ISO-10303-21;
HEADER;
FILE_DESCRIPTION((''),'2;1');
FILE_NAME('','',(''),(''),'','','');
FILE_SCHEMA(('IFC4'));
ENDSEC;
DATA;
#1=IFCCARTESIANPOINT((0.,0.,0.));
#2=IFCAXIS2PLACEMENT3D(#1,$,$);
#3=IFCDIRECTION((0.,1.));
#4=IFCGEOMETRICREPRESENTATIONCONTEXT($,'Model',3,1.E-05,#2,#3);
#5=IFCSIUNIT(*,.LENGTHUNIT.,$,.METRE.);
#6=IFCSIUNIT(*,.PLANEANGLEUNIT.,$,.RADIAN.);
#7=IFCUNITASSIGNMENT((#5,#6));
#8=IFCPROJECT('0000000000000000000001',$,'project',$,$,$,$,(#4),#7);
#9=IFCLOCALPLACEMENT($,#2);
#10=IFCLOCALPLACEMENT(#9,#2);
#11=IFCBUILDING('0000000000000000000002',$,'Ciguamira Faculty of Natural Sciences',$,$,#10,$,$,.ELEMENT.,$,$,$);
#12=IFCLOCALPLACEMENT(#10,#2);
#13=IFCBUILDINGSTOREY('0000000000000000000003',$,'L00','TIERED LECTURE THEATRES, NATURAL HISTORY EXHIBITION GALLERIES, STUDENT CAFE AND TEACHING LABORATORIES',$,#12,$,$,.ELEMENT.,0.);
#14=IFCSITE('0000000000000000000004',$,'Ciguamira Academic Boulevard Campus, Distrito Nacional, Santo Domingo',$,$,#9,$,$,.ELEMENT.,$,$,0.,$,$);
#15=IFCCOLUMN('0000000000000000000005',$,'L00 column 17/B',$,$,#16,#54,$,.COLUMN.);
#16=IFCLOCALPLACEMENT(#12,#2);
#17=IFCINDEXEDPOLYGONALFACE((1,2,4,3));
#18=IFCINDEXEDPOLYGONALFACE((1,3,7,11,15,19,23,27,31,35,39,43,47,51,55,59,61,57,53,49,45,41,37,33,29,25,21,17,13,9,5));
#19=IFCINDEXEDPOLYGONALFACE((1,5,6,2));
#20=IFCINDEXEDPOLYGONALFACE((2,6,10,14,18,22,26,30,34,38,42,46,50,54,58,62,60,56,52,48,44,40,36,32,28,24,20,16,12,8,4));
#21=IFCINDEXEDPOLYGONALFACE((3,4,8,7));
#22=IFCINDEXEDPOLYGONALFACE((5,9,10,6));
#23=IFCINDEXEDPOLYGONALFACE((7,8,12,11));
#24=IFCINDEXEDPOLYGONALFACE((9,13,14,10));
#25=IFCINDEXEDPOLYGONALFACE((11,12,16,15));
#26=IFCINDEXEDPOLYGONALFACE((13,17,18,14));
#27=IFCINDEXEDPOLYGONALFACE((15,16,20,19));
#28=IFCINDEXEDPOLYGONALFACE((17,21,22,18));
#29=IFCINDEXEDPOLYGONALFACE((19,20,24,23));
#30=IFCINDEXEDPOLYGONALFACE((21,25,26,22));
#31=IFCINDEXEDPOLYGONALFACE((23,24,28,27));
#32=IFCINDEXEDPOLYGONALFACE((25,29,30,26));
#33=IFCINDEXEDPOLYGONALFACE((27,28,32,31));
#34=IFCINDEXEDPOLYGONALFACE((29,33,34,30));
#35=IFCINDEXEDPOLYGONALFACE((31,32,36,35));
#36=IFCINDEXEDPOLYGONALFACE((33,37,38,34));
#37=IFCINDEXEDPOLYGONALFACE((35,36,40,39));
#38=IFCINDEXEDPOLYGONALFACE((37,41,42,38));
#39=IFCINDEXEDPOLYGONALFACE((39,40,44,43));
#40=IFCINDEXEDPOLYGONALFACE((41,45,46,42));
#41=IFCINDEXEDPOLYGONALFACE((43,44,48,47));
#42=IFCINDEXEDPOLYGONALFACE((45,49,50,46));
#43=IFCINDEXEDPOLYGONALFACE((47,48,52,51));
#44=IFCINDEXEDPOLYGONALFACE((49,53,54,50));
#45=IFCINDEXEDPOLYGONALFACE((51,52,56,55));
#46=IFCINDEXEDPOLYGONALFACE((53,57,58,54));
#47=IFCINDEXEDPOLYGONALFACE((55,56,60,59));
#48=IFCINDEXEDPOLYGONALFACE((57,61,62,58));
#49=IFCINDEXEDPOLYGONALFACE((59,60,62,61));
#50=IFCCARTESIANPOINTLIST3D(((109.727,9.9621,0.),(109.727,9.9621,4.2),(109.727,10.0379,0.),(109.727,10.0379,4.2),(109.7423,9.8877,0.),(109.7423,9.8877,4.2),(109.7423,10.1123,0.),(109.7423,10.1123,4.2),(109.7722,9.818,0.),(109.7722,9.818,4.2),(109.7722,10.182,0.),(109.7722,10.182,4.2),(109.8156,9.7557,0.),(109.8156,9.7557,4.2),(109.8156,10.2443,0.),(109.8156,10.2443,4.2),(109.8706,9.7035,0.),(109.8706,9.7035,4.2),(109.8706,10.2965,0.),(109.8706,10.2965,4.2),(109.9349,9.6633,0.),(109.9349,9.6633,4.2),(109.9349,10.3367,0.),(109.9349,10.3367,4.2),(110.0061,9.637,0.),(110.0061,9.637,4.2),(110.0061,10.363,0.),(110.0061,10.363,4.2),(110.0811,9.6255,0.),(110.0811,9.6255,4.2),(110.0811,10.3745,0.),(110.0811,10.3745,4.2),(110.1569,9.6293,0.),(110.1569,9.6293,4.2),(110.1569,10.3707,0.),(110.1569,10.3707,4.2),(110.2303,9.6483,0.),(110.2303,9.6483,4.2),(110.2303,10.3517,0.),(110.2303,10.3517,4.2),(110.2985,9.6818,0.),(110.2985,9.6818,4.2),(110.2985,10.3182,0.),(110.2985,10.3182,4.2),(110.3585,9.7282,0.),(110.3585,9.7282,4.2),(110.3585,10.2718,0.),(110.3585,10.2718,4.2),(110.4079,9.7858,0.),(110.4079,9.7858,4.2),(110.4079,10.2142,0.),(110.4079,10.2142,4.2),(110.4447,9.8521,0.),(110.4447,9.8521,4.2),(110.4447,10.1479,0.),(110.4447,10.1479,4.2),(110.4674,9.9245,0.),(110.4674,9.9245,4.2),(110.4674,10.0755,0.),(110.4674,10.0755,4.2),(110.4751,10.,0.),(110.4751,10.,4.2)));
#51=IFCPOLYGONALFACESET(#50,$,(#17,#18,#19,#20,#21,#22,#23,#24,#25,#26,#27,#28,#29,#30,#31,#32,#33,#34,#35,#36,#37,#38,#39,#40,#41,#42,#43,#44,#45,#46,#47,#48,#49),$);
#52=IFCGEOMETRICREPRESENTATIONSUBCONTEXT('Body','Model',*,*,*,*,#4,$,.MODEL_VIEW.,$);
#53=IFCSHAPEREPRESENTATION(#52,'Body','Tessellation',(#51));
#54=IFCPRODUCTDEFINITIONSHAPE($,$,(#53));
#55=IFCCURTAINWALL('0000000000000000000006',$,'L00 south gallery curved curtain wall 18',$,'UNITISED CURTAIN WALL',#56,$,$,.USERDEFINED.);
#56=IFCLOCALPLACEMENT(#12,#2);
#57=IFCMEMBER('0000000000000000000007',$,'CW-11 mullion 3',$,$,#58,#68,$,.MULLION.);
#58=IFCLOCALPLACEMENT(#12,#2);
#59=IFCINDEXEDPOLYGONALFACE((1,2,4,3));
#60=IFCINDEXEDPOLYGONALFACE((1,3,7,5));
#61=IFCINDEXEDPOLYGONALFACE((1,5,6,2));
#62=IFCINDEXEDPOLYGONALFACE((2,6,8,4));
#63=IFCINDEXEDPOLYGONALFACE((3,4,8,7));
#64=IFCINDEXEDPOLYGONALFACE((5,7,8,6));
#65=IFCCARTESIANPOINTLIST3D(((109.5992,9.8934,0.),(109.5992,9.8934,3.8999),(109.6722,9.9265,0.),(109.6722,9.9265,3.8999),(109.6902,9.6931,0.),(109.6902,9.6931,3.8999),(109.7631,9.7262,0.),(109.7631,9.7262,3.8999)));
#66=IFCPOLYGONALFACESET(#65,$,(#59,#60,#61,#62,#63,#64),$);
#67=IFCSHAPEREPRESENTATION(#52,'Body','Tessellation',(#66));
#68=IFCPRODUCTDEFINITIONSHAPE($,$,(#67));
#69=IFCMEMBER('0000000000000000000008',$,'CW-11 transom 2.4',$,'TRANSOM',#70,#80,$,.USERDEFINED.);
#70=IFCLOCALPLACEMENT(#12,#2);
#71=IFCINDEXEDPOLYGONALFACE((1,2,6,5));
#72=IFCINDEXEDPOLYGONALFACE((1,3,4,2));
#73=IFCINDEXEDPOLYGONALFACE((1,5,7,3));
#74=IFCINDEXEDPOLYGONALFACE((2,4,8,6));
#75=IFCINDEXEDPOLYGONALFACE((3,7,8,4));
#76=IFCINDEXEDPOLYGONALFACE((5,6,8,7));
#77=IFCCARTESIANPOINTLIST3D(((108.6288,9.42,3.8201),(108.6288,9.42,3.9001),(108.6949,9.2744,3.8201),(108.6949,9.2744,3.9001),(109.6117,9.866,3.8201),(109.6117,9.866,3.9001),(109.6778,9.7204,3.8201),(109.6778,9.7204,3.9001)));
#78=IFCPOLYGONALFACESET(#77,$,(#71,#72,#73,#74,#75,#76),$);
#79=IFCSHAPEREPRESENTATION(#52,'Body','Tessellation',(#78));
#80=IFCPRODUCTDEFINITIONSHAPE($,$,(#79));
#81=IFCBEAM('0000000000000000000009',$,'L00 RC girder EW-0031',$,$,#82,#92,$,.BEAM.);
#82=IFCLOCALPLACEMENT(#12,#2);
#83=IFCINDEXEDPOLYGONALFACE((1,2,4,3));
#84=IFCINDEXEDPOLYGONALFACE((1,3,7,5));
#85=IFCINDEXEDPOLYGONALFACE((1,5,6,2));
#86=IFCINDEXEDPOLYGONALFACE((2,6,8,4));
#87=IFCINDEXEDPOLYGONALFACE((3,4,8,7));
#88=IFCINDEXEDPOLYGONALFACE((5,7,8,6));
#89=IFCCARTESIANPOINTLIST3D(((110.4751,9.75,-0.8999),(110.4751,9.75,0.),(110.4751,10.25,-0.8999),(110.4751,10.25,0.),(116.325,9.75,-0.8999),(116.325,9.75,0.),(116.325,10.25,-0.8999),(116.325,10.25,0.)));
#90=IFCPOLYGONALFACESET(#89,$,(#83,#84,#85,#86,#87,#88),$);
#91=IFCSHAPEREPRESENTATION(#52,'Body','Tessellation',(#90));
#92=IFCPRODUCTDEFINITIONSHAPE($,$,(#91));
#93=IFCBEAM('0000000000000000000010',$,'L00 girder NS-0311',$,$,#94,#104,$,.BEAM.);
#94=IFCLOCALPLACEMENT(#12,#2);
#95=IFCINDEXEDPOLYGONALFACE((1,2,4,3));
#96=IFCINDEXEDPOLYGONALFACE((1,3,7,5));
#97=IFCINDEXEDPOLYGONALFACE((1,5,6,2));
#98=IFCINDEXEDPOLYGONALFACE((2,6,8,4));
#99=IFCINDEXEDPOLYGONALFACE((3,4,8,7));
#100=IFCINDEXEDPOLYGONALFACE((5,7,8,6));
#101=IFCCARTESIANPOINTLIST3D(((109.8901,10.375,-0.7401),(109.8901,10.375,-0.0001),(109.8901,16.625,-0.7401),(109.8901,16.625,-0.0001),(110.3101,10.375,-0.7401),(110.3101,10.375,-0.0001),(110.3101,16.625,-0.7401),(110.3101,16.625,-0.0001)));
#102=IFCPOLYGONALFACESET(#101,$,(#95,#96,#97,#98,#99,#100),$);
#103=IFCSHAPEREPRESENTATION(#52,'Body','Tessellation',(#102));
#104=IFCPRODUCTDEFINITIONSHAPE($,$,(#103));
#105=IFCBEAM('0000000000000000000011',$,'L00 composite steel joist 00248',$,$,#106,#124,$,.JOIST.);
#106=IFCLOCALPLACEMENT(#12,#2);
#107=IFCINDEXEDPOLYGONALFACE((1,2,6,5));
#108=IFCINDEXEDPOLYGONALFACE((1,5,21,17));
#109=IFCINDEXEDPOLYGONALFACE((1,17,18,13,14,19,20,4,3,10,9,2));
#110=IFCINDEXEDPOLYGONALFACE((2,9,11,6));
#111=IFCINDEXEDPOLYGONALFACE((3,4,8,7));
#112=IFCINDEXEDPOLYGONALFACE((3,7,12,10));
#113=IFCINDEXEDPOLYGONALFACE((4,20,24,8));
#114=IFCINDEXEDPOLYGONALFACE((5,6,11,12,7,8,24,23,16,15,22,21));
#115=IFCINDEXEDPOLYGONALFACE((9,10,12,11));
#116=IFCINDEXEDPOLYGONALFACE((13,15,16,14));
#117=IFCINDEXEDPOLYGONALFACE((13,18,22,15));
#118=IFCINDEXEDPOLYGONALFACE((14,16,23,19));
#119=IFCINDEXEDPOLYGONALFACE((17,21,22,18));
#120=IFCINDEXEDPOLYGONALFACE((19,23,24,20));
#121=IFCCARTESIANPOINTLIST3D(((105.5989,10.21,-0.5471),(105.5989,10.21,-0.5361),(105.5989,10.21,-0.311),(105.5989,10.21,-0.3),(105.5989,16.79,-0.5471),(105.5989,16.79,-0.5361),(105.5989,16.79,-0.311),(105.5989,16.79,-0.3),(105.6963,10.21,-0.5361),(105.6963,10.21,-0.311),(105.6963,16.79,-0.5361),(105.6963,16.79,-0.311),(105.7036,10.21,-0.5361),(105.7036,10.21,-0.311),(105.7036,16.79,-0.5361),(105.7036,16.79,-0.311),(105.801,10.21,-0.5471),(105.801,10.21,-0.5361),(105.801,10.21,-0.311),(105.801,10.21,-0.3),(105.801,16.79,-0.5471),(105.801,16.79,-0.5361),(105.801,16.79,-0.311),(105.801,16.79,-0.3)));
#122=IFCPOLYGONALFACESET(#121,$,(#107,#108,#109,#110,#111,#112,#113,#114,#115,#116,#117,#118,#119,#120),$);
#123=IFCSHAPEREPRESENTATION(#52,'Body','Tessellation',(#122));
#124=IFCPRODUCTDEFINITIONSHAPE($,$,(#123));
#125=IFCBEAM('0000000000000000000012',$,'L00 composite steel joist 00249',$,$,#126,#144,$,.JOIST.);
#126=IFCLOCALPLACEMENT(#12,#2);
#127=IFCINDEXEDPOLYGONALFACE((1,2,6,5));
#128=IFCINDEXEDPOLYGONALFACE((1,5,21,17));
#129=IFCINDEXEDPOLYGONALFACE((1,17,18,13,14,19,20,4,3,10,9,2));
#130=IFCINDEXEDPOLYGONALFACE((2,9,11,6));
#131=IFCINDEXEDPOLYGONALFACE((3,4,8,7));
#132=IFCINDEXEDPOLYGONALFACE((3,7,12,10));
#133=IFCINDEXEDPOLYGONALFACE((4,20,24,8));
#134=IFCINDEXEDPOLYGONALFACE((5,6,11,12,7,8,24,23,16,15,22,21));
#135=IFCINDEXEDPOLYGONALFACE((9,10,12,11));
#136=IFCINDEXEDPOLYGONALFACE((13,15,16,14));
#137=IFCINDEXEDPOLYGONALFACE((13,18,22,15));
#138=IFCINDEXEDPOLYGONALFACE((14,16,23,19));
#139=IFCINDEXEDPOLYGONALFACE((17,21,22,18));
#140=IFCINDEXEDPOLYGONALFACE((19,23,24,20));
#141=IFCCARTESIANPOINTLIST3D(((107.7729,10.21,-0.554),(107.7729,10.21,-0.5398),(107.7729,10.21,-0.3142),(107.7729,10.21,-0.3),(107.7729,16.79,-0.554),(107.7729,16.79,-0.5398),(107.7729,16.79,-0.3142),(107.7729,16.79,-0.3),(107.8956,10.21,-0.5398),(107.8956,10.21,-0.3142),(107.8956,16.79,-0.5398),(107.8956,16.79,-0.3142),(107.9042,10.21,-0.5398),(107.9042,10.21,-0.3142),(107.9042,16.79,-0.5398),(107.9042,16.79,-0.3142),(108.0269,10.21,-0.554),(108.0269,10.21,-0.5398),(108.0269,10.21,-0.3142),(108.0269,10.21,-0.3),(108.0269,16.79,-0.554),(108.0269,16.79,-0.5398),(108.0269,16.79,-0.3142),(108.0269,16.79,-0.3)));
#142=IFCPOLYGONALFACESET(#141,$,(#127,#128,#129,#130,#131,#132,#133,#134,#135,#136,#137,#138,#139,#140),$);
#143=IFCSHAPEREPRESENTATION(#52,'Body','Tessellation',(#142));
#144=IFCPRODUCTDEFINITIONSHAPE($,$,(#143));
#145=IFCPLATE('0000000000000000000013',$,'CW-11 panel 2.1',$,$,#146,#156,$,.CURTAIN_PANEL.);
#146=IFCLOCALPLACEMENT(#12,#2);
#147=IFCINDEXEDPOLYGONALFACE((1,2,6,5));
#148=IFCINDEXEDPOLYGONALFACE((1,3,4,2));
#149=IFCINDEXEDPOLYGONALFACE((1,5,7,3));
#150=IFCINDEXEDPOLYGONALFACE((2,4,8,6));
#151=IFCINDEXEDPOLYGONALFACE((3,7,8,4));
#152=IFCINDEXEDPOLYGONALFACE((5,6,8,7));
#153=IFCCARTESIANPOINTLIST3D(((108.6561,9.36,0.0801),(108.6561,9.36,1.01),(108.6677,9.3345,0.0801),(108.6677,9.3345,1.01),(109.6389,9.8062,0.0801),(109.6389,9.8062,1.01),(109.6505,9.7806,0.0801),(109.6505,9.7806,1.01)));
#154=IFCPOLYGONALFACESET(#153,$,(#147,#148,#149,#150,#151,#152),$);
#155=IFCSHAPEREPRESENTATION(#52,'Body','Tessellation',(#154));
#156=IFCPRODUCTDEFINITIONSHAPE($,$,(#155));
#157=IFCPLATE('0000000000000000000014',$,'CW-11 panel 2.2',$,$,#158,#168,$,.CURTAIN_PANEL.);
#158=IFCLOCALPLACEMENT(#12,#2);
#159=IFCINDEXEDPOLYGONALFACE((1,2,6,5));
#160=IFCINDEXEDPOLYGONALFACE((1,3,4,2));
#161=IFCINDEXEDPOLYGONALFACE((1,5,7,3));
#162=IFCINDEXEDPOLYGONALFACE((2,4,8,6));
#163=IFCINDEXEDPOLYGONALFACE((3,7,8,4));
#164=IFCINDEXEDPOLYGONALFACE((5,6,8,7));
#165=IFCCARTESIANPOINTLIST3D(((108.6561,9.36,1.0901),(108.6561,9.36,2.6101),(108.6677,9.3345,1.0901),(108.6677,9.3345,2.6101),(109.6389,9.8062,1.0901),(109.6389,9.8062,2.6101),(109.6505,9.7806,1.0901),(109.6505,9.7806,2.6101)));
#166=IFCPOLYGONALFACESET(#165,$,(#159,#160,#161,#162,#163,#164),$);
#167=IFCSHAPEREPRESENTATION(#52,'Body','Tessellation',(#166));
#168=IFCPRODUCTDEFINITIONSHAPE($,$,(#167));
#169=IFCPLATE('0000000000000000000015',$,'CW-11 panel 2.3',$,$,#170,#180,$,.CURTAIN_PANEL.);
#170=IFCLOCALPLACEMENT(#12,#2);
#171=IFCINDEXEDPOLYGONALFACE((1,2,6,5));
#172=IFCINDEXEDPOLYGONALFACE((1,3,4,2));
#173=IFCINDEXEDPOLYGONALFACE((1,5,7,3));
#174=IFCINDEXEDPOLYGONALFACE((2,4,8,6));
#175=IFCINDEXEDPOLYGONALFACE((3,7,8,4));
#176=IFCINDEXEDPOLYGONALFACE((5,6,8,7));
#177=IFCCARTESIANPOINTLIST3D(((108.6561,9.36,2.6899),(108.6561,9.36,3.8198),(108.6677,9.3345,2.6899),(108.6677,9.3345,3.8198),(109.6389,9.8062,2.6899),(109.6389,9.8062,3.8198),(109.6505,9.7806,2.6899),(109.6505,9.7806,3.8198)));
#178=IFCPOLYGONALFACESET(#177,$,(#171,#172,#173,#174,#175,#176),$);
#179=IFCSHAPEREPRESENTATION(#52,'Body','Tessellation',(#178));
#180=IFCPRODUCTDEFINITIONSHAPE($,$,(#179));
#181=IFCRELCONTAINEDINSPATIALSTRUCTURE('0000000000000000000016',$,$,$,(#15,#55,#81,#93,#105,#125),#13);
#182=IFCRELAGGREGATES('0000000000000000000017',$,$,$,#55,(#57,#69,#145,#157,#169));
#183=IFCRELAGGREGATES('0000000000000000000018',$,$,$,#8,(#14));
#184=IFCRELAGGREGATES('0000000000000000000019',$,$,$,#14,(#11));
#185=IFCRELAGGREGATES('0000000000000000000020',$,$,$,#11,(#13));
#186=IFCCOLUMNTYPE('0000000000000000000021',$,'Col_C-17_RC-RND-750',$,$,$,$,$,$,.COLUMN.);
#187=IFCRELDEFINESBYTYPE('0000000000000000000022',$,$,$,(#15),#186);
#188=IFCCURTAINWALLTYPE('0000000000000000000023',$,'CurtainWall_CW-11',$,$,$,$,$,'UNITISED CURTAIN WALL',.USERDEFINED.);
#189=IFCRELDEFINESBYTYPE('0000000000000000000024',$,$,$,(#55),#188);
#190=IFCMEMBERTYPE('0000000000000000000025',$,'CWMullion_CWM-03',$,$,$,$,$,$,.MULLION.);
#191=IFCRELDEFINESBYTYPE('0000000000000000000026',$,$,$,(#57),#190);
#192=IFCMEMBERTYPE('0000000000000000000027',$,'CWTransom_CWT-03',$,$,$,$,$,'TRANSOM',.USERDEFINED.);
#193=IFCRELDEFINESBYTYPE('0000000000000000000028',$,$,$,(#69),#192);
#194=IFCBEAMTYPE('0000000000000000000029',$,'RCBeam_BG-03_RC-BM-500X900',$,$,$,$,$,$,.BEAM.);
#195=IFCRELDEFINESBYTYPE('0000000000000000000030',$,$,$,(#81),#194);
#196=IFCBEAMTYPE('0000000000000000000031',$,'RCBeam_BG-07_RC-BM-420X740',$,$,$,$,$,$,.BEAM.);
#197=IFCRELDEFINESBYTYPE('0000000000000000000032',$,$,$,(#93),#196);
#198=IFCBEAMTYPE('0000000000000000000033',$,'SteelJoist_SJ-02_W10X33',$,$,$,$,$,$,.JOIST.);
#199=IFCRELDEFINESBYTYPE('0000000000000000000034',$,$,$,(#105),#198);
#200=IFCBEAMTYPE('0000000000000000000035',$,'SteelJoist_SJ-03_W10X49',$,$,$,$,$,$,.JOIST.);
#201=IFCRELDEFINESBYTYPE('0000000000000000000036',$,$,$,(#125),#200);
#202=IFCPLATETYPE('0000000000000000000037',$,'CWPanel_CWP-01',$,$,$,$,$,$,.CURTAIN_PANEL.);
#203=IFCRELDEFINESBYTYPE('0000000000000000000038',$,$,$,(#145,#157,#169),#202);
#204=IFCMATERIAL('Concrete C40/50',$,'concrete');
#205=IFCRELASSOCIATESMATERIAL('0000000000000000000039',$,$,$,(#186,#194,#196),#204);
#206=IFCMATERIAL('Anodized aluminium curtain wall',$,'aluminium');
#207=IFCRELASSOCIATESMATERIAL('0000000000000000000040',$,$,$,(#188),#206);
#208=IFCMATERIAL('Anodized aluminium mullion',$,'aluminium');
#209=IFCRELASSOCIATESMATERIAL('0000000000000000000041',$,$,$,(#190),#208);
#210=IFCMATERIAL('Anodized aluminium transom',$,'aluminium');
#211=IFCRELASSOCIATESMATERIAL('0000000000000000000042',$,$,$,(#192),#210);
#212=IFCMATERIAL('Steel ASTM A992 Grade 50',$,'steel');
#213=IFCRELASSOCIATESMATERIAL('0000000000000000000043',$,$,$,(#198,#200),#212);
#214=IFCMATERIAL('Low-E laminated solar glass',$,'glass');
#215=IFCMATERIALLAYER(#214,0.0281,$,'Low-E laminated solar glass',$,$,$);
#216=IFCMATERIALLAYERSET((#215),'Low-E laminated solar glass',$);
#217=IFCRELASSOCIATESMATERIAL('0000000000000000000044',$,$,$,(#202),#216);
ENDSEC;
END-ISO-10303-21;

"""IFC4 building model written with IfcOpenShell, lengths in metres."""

from ifc_helpers import new_model, si_unit, direction, frame, origin, origin_2d, place, context, subcontext, project, spatial, rectangle, circle, i_section, extrude, material, layer, layer_set, material_profile, profile_set, type_object, element, aggregate, save


model = new_model("IFC4")

# Units and contexts
model_context = context("Model", 3, precision=1e-05, world=origin(), true_north=direction((0.0, 1.0)))
body_context = subcontext(model_context, "Body", "Model", "MODEL_VIEW")
ifc_project = project(units=[si_unit("LENGTHUNIT", "METRE"), si_unit("PLANEANGLEUNIT", "RADIAN")], contexts=[model_context])

# Site, building, storey
site_placement = place(None, origin())
site = spatial("IfcSite", under=ifc_project, at=site_placement, Name="Ciguamira Academic Boulevard Campus, Distrito Nacional, Santo Domingo", CompositionType="ELEMENT", RefElevation=0.0)
building_placement = place(site_placement, origin())
building = spatial("IfcBuilding", under=site, at=building_placement, Name="Ciguamira Faculty of Natural Sciences", CompositionType="ELEMENT")
storey_placement = place(building_placement, origin())
storey = spatial("IfcBuildingStorey", under=building, at=storey_placement, Name="L00", Description="TIERED LECTURE THEATRES, NATURAL HISTORY EXHIBITION GALLERIES, STUDENT CAFE AND TEACHING LABORATORIES", CompositionType="ELEMENT", Elevation=0.0)

# Column
ifc_material_1 = material(Name="Concrete C40/50", Category="concrete")
ifc_material_profile_1 = material_profile(ifc_material_1, circle(Radius=0.375, at=origin_2d()), Name="RC-RND-750")
ifc_profile_set_1 = profile_set([ifc_material_profile_1], Name="Concrete C40/50")
column_type = type_object("IfcColumnType", Name="Col_C-17_RC-RND-750", PredefinedType="COLUMN", material=ifc_profile_set_1)
column_placement = place(storey_placement, frame((110.1001, 10.0, 0.0), z_axis=(0.0, 0.0, 1.0), x_axis=(1.0, 0.0, 0.0)))
element("IfcColumn", 1, at=column_placement, inside=storey, type_object=column_type, Name="L00 column 17/B", PredefinedType="COLUMN", context=body_context, shape_type="SweptSolid", body=[
    extrude(circle(Radius=0.375, at=origin_2d()), origin(), (0.0, 0.0, 1.0), 4.2),
])

# Curtain wall, members
ifc_material_2 = material(Name="Anodized aluminium curtain wall", Category="aluminium")
curtain_wall_type = type_object("IfcCurtainWallType", Name="CurtainWall_CW-11", ElementType="UNITISED CURTAIN WALL", PredefinedType="USERDEFINED", material=ifc_material_2)
curtain_wall_placement = place(storey_placement, origin())
curtain_wall = element("IfcCurtainWall", 2, at=curtain_wall_placement, inside=storey, type_object=curtain_wall_type, Name="L00 south gallery curved curtain wall 18", ObjectType="UNITISED CURTAIN WALL", PredefinedType="USERDEFINED")
ifc_material_3 = material(Name="Anodized aluminium mullion", Category="aluminium")
ifc_material_profile_2 = material_profile(ifc_material_3, rectangle(XDim=0.0801, YDim=0.22, at=origin_2d()), Name="ALU-MUL-80X220")
ifc_profile_set_2 = profile_set([ifc_material_profile_2], Name="Anodized aluminium mullion")
member_type_1 = type_object("IfcMemberType", Name="CWMullion_CWM-03", PredefinedType="MULLION", material=ifc_profile_set_2)
member_1_placement = place(storey_placement, frame((109.6812, 9.8098, 0.0), z_axis=(0.0, 0.0, 1.0), x_axis=(0.910581, 0.413332, 0.0)))
member_1 = element("IfcMember", 3, at=member_1_placement, type_object=member_type_1, Name="CW-11 mullion 3", PredefinedType="MULLION", context=body_context, shape_type="SweptSolid", body=[
    extrude(rectangle(XDim=0.0801, YDim=0.22, at=origin_2d()), origin(), (0.0, 0.0, 1.0), 3.8999),
])
ifc_material_4 = material(Name="Anodized aluminium transom", Category="aluminium")
ifc_material_profile_3 = material_profile(ifc_material_4, rectangle(XDim=0.0801, YDim=0.1599, at=origin_2d()), Name="ALU-TRN-80X160")
ifc_profile_set_3 = profile_set([ifc_material_profile_3], Name="Anodized aluminium transom")
member_type_2 = type_object("IfcMemberType", Name="CWTransom_CWT-03", ElementType="TRANSOM", PredefinedType="USERDEFINED", material=ifc_profile_set_3)
member_2_placement = place(storey_placement, frame((108.6619, 9.3472, 3.8601), z_axis=(0.910622, 0.413241, 0.0), x_axis=(0.0, 0.0, 1.0)))
member_2 = element("IfcMember", 4, at=member_2_placement, type_object=member_type_2, Name="CW-11 transom 2.4", ObjectType="TRANSOM", PredefinedType="USERDEFINED", context=body_context, shape_type="SweptSolid", body=[
    extrude(rectangle(XDim=0.0801, YDim=0.1599, at=origin_2d()), origin(), (0.0, 0.0, 1.0), 1.0793),
])

# Beams
ifc_material_profile_4 = material_profile(ifc_material_1, rectangle(XDim=0.5, YDim=0.8999, at=origin_2d()), Name="RC-BM-500X900")
ifc_profile_set_4 = profile_set([ifc_material_profile_4], Name="Concrete C40/50")
beam_type_1 = type_object("IfcBeamType", Name="RCBeam_BG-03_RC-BM-500X900", PredefinedType="BEAM", material=ifc_profile_set_4)
beam_1_placement = place(storey_placement, frame((110.4751, 10.0, -0.45), z_axis=(1.0, 0.0, 0.0), x_axis=(0.0, 1.0, 0.0)))
element("IfcBeam", 5, at=beam_1_placement, inside=storey, type_object=beam_type_1, Name="L00 RC girder EW-0031", PredefinedType="BEAM", context=body_context, shape_type="SweptSolid", body=[
    extrude(rectangle(XDim=0.5, YDim=0.8999, at=origin_2d()), origin(), (0.0, 0.0, 1.0), 5.8499),
])
ifc_material_profile_5 = material_profile(ifc_material_1, rectangle(XDim=0.4199, YDim=0.74, at=origin_2d()), Name="RC-BM-420X740")
ifc_profile_set_5 = profile_set([ifc_material_profile_5], Name="Concrete C40/50")
beam_type_2 = type_object("IfcBeamType", Name="RCBeam_BG-07_RC-BM-420X740", PredefinedType="BEAM", material=ifc_profile_set_5)
beam_2_placement = place(storey_placement, frame((110.1001, 10.375, -0.3701), z_axis=(0.0, 1.0, 0.0), x_axis=(-1.0, 0.0, 0.0)))
element("IfcBeam", 6, at=beam_2_placement, inside=storey, type_object=beam_type_2, Name="L00 girder NS-0311", PredefinedType="BEAM", context=body_context, shape_type="SweptSolid", body=[
    extrude(rectangle(XDim=0.4199, YDim=0.74, at=origin_2d()), origin(), (0.0, 0.0, 1.0), 6.25),
])
ifc_material_5 = material(Name="Steel ASTM A992 Grade 50", Category="steel")
ifc_material_profile_6 = material_profile(ifc_material_5, i_section(OverallWidth=0.2021, OverallDepth=0.2471, WebThickness=0.0073, FlangeThickness=0.011, at=origin_2d()), Name="W10X33")
ifc_profile_set_6 = profile_set([ifc_material_profile_6], Name="Steel ASTM A992 Grade 50")
beam_type_3 = type_object("IfcBeamType", Name="SteelJoist_SJ-02_W10X33", PredefinedType="JOIST", material=ifc_profile_set_6)
beam_3_placement = place(storey_placement, frame((105.7, 10.21, -0.4236), z_axis=(0.0, 1.0, 0.0), x_axis=(-1.0, 0.0, 0.0)))
element("IfcBeam", 7, at=beam_3_placement, inside=storey, type_object=beam_type_3, Name="L00 composite steel joist 00248", PredefinedType="JOIST", context=body_context, shape_type="SweptSolid", body=[
    extrude(i_section(OverallWidth=0.2021, OverallDepth=0.2471, WebThickness=0.0073, FlangeThickness=0.011, at=origin_2d()), origin(), (0.0, 0.0, 1.0), 6.5801),
])
ifc_material_profile_7 = material_profile(ifc_material_5, i_section(OverallWidth=0.2539, OverallDepth=0.2539, WebThickness=0.0085, FlangeThickness=0.0142, at=origin_2d()), Name="W10X49")
ifc_profile_set_7 = profile_set([ifc_material_profile_7], Name="Steel ASTM A992 Grade 50")
beam_type_4 = type_object("IfcBeamType", Name="SteelJoist_SJ-03_W10X49", PredefinedType="JOIST", material=ifc_profile_set_7)
beam_4_placement = place(storey_placement, frame((107.8999, 10.21, -0.427), z_axis=(0.0, 1.0, 0.0), x_axis=(-1.0, 0.0, 0.0)))
element("IfcBeam", 8, at=beam_4_placement, inside=storey, type_object=beam_type_4, Name="L00 composite steel joist 00249", PredefinedType="JOIST", context=body_context, shape_type="SweptSolid", body=[
    extrude(i_section(OverallWidth=0.2539, OverallDepth=0.2539, WebThickness=0.0085, FlangeThickness=0.0142, at=origin_2d()), origin(), (0.0, 0.0, 1.0), 6.5801),
])

# Plates
ifc_material_6 = material(Name="Low-E laminated solar glass", Category="glass")
ifc_layer_1 = layer(ifc_material_6, 0.0281, Name="Low-E laminated solar glass")
ifc_layer_set_1 = layer_set([ifc_layer_1], Name="Low-E laminated solar glass")
plate_type = type_object("IfcPlateType", Name="CWPanel_CWP-01", PredefinedType="CURTAIN_PANEL", material=ifc_layer_set_1)
plate_1_placement = place(storey_placement, frame((109.1533, 9.5703, 0.0801), z_axis=(0.0, 0.0, 1.0), x_axis=(0.910581, 0.413332, 0.0)))
plate_1 = element("IfcPlate", 9, at=plate_1_placement, type_object=plate_type, Name="CW-11 panel 2.1", PredefinedType="CURTAIN_PANEL", context=body_context, shape_type="SweptSolid", body=[
    extrude(rectangle(XDim=1.0793, YDim=0.0281, at=origin_2d()), origin(), (0.0, 0.0, 1.0), 0.9299),
])
plate_2_placement = place(storey_placement, frame((109.1533, 9.5703, 1.0901), z_axis=(0.0, 0.0, 1.0), x_axis=(0.910581, 0.413332, 0.0)))
plate_2 = element("IfcPlate", 10, at=plate_2_placement, type_object=plate_type, Name="CW-11 panel 2.2", PredefinedType="CURTAIN_PANEL", context=body_context, shape_type="SweptSolid", body=[
    extrude(rectangle(XDim=1.0793, YDim=0.0281, at=origin_2d()), origin(), (0.0, 0.0, 1.0), 1.52),
])
plate_3_placement = place(storey_placement, frame((109.1533, 9.5703, 2.6899), z_axis=(0.0, 0.0, 1.0), x_axis=(0.910581, 0.413332, 0.0)))
plate_3 = element("IfcPlate", 11, at=plate_3_placement, type_object=plate_type, Name="CW-11 panel 2.3", PredefinedType="CURTAIN_PANEL", context=body_context, shape_type="SweptSolid", body=[
    extrude(rectangle(XDim=1.0793, YDim=0.0281, at=origin_2d()), origin(), (0.0, 0.0, 1.0), 1.1299),
])
aggregate(curtain_wall, [member_1, member_2, plate_1, plate_2, plate_3])

save(model, "model.ifc")
